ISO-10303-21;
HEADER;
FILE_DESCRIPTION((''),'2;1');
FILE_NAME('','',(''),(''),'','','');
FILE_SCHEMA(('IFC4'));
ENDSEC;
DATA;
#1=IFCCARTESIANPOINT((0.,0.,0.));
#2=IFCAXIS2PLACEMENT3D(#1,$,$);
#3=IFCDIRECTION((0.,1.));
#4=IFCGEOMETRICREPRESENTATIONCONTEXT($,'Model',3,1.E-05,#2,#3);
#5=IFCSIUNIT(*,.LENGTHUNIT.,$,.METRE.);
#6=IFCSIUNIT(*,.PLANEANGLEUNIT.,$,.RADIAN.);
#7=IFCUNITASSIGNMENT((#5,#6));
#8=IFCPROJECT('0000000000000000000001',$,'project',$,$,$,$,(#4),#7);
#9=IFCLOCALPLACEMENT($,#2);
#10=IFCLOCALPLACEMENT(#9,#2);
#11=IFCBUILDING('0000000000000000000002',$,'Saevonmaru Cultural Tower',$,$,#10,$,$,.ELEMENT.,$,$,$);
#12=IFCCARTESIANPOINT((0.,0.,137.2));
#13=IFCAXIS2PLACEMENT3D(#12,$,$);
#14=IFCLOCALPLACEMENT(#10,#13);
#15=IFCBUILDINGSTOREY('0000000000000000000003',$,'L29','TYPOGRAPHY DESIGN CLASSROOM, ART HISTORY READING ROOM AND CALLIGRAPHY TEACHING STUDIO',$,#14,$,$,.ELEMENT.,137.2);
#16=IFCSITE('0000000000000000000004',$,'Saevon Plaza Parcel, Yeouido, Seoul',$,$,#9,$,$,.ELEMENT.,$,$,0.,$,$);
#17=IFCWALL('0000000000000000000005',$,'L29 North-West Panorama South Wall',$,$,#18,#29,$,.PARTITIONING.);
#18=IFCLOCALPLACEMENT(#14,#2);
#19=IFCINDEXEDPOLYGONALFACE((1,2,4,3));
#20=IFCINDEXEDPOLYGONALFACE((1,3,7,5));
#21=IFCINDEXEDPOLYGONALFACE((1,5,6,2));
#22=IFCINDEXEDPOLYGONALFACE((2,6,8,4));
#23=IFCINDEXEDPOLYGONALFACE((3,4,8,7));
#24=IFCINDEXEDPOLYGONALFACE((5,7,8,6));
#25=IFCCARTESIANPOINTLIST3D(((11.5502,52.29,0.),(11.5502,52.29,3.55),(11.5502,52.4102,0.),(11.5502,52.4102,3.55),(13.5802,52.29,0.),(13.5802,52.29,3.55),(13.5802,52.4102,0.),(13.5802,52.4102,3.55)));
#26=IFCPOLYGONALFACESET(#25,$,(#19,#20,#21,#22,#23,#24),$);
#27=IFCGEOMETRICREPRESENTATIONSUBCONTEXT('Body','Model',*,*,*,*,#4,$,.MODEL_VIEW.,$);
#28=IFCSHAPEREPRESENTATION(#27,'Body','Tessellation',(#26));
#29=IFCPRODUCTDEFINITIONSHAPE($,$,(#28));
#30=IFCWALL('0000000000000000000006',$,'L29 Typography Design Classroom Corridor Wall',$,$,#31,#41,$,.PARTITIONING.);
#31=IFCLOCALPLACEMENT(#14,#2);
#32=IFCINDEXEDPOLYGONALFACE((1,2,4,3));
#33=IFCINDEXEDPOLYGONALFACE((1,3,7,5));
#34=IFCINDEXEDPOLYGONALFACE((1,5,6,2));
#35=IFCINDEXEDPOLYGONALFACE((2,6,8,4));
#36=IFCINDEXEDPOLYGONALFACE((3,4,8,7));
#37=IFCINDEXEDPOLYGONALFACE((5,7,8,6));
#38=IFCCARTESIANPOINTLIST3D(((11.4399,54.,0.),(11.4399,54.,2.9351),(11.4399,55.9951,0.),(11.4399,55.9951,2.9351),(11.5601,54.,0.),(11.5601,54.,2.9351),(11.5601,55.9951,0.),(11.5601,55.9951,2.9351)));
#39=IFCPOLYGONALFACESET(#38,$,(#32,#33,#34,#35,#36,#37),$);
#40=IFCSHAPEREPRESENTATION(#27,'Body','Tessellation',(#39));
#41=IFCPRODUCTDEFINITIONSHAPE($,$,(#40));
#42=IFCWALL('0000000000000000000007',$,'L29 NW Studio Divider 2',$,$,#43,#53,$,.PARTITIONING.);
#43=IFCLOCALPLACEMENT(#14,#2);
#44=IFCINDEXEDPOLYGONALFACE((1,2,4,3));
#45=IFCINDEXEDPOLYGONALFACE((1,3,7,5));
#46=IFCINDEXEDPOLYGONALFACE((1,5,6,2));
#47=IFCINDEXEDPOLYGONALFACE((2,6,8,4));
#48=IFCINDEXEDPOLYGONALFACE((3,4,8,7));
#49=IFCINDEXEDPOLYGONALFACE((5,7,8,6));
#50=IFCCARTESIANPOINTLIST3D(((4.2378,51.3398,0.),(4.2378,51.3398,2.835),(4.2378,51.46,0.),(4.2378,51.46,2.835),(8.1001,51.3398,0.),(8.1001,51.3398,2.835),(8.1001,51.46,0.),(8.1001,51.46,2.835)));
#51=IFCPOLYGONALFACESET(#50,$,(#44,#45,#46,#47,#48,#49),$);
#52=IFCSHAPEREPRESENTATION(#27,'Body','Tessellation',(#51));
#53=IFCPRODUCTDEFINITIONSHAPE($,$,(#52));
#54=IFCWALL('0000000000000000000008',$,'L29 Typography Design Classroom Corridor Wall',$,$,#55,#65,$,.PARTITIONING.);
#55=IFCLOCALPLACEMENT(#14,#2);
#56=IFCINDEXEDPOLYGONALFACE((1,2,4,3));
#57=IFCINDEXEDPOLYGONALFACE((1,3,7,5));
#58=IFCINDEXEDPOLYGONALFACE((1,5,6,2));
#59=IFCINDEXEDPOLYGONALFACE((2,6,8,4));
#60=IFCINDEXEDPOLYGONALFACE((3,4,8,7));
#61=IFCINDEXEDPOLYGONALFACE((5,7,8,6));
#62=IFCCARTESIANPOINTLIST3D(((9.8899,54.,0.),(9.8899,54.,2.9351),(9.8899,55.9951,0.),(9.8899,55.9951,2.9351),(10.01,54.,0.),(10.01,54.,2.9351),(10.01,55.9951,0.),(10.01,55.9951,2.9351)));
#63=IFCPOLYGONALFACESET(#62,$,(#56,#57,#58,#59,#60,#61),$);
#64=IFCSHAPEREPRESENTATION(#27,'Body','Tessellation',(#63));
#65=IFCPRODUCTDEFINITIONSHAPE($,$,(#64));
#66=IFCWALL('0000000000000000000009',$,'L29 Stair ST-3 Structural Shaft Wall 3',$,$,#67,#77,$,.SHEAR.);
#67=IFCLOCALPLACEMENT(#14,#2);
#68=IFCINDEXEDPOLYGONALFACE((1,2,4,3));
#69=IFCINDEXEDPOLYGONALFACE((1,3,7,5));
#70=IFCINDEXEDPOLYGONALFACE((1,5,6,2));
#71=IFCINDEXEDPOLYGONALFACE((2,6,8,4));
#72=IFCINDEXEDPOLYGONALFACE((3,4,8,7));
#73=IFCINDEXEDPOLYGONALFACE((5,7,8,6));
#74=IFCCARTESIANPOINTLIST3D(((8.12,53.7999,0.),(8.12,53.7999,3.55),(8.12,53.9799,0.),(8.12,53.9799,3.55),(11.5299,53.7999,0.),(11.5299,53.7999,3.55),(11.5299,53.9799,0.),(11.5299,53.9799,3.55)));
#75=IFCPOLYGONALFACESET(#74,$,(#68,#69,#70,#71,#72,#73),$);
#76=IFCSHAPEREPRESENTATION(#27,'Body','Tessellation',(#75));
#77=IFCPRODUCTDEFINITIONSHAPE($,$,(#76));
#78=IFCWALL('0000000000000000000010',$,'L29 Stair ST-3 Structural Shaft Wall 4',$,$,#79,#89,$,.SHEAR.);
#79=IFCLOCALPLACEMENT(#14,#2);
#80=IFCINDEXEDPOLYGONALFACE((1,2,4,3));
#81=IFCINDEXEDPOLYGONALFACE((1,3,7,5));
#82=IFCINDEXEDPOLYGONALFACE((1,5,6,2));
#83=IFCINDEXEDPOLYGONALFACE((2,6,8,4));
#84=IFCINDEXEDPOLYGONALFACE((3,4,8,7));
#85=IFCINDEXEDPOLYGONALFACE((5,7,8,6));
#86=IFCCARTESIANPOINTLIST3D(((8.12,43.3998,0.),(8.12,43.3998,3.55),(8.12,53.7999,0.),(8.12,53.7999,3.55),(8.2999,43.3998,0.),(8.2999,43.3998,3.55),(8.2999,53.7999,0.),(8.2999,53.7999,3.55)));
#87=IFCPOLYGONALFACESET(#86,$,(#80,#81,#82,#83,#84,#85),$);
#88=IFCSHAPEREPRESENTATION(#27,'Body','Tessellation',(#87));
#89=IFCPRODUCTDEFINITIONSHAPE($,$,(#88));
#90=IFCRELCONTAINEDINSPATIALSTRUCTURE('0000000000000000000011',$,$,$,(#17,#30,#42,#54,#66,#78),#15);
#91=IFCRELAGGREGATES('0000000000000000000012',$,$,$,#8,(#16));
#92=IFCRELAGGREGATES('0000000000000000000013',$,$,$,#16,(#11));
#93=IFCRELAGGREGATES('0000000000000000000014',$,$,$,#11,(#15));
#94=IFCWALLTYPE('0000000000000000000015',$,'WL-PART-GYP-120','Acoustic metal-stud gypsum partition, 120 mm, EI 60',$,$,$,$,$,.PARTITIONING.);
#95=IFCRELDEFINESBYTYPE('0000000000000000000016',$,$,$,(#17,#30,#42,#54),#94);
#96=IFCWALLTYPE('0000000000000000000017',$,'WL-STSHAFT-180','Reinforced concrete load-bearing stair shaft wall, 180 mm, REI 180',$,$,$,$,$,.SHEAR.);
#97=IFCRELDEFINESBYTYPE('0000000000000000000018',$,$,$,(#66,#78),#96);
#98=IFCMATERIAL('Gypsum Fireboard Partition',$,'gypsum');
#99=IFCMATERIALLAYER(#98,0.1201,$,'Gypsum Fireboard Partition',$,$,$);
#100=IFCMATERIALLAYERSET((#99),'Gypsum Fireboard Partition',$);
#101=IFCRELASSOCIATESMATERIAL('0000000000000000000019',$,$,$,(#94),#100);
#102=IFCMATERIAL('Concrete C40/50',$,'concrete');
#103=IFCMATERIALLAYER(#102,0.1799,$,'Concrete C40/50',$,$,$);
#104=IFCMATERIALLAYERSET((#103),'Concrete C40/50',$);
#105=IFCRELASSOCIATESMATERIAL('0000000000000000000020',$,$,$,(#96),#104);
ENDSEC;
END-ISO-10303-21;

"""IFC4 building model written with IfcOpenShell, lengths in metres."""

from ifc_helpers import new_model, si_unit, direction, frame, frame_2d, origin, place, context, subcontext, project, spatial, rectangle, extrude, material, layer, layer_set, type_object, element, save


model = new_model("IFC4")

# Units and contexts
model_context = context("Model", 3, precision=1e-05, world=origin(), true_north=direction((0.0, 1.0)))
body_context = subcontext(model_context, "Body", "Model", "MODEL_VIEW")
ifc_project = project(units=[si_unit("LENGTHUNIT", "METRE"), si_unit("PLANEANGLEUNIT", "RADIAN")], contexts=[model_context])

# Site, building, storey
site_placement = place(None, origin())
site = spatial("IfcSite", under=ifc_project, at=site_placement, Name="Saevon Plaza Parcel, Yeouido, Seoul", CompositionType="ELEMENT", RefElevation=0.0)
building_placement = place(site_placement, origin())
building = spatial("IfcBuilding", under=site, at=building_placement, Name="Saevonmaru Cultural Tower", CompositionType="ELEMENT")
storey_placement = place(building_placement, frame((0.0, 0.0, 137.2)))
storey = spatial("IfcBuildingStorey", under=building, at=storey_placement, Name="L29", Description="TYPOGRAPHY DESIGN CLASSROOM, ART HISTORY READING ROOM AND CALLIGRAPHY TEACHING STUDIO", CompositionType="ELEMENT", Elevation=137.2)

# Walls
ifc_material_1 = material(Name="Gypsum Fireboard Partition", Category="gypsum")
ifc_layer_1 = layer(ifc_material_1, 0.1201, Name="Gypsum Fireboard Partition")
ifc_layer_set_1 = layer_set([ifc_layer_1], Name="Gypsum Fireboard Partition")
wall_type_1 = type_object("IfcWallType", Name="WL-PART-GYP-120", Description="Acoustic metal-stud gypsum partition, 120 mm, EI 60", PredefinedType="PARTITIONING", material=ifc_layer_set_1)
wall_1_placement = place(storey_placement, frame((11.55, 52.3501, 0.0), z_axis=(0.0, 0.0, 1.0), x_axis=(1.0, 0.0, 0.0)))
element("IfcWall", 1, at=wall_1_placement, inside=storey, type_object=wall_type_1, Name="L29 North-West Panorama South Wall", PredefinedType="PARTITIONING", context=body_context, shape_type="SweptSolid", body=[
    extrude(rectangle(XDim=2.03, YDim=0.1201, at=frame_2d((1.0151, 0.0))), origin(), (0.0, 0.0, 1.0), 3.55),
])
wall_2_placement = place(storey_placement, frame((11.5, 54.0, 0.0), z_axis=(0.0, 0.0, 1.0), x_axis=(0.0, 1.0, 0.0)))
element("IfcWall", 2, at=wall_2_placement, inside=storey, type_object=wall_type_1, Name="L29 Typography Design Classroom Corridor Wall", PredefinedType="PARTITIONING", context=body_context, shape_type="SweptSolid", body=[
    extrude(rectangle(XDim=1.9951, YDim=0.1201, at=frame_2d((0.9976, 0.0))), origin(), (0.0, 0.0, 1.0), 2.9351),
])
wall_3_placement = place(storey_placement, frame((4.2378, 51.3999, 0.0), z_axis=(0.0, 0.0, 1.0), x_axis=(1.0, 0.0, 0.0)))
element("IfcWall", 3, at=wall_3_placement, inside=storey, type_object=wall_type_1, Name="L29 NW Studio Divider 2", PredefinedType="PARTITIONING", context=body_context, shape_type="SweptSolid", body=[
    extrude(rectangle(XDim=3.8623, YDim=0.1201, at=frame_2d((1.9312, 0.0))), origin(), (0.0, 0.0, 1.0), 2.835),
])
wall_4_placement = place(storey_placement, frame((9.95, 54.0, 0.0), z_axis=(0.0, 0.0, 1.0), x_axis=(0.0, 1.0, 0.0)))
element("IfcWall", 4, at=wall_4_placement, inside=storey, type_object=wall_type_1, Name="L29 Typography Design Classroom Corridor Wall", PredefinedType="PARTITIONING", context=body_context, shape_type="SweptSolid", body=[
    extrude(rectangle(XDim=1.9951, YDim=0.1201, at=frame_2d((0.9976, 0.0))), origin(), (0.0, 0.0, 1.0), 2.9351),
])
ifc_material_2 = material(Name="Concrete C40/50", Category="concrete")
ifc_layer_2 = layer(ifc_material_2, 0.1799, Name="Concrete C40/50")
ifc_layer_set_2 = layer_set([ifc_layer_2], Name="Concrete C40/50")
wall_type_2 = type_object("IfcWallType", Name="WL-STSHAFT-180", Description="Reinforced concrete load-bearing stair shaft wall, 180 mm, REI 180", PredefinedType="SHEAR", material=ifc_layer_set_2)
wall_5_placement = place(storey_placement, frame((11.53, 53.8899, 0.0), z_axis=(0.0, 0.0, 1.0), x_axis=(-1.0, 0.0, 0.0)))
element("IfcWall", 5, at=wall_5_placement, inside=storey, type_object=wall_type_2, Name="L29 Stair ST-3 Structural Shaft Wall 3", PredefinedType="SHEAR", context=body_context, shape_type="SweptSolid", body=[
    extrude(rectangle(XDim=3.4099, YDim=0.1799, at=frame_2d((1.7051, 0.0))), origin(), (0.0, 0.0, 1.0), 3.55),
])
wall_6_placement = place(storey_placement, frame((8.21, 53.8, 0.0), z_axis=(0.0, 0.0, 1.0), x_axis=(0.0, -1.0, 0.0)))
element("IfcWall", 6, at=wall_6_placement, inside=storey, type_object=wall_type_2, Name="L29 Stair ST-3 Structural Shaft Wall 4", PredefinedType="SHEAR", context=body_context, shape_type="SweptSolid", body=[
    extrude(rectangle(XDim=10.4001, YDim=0.1799, at=frame_2d((5.2002, 0.0))), origin(), (0.0, 0.0, 1.0), 3.55),
])

save(model, "model.ifc")
